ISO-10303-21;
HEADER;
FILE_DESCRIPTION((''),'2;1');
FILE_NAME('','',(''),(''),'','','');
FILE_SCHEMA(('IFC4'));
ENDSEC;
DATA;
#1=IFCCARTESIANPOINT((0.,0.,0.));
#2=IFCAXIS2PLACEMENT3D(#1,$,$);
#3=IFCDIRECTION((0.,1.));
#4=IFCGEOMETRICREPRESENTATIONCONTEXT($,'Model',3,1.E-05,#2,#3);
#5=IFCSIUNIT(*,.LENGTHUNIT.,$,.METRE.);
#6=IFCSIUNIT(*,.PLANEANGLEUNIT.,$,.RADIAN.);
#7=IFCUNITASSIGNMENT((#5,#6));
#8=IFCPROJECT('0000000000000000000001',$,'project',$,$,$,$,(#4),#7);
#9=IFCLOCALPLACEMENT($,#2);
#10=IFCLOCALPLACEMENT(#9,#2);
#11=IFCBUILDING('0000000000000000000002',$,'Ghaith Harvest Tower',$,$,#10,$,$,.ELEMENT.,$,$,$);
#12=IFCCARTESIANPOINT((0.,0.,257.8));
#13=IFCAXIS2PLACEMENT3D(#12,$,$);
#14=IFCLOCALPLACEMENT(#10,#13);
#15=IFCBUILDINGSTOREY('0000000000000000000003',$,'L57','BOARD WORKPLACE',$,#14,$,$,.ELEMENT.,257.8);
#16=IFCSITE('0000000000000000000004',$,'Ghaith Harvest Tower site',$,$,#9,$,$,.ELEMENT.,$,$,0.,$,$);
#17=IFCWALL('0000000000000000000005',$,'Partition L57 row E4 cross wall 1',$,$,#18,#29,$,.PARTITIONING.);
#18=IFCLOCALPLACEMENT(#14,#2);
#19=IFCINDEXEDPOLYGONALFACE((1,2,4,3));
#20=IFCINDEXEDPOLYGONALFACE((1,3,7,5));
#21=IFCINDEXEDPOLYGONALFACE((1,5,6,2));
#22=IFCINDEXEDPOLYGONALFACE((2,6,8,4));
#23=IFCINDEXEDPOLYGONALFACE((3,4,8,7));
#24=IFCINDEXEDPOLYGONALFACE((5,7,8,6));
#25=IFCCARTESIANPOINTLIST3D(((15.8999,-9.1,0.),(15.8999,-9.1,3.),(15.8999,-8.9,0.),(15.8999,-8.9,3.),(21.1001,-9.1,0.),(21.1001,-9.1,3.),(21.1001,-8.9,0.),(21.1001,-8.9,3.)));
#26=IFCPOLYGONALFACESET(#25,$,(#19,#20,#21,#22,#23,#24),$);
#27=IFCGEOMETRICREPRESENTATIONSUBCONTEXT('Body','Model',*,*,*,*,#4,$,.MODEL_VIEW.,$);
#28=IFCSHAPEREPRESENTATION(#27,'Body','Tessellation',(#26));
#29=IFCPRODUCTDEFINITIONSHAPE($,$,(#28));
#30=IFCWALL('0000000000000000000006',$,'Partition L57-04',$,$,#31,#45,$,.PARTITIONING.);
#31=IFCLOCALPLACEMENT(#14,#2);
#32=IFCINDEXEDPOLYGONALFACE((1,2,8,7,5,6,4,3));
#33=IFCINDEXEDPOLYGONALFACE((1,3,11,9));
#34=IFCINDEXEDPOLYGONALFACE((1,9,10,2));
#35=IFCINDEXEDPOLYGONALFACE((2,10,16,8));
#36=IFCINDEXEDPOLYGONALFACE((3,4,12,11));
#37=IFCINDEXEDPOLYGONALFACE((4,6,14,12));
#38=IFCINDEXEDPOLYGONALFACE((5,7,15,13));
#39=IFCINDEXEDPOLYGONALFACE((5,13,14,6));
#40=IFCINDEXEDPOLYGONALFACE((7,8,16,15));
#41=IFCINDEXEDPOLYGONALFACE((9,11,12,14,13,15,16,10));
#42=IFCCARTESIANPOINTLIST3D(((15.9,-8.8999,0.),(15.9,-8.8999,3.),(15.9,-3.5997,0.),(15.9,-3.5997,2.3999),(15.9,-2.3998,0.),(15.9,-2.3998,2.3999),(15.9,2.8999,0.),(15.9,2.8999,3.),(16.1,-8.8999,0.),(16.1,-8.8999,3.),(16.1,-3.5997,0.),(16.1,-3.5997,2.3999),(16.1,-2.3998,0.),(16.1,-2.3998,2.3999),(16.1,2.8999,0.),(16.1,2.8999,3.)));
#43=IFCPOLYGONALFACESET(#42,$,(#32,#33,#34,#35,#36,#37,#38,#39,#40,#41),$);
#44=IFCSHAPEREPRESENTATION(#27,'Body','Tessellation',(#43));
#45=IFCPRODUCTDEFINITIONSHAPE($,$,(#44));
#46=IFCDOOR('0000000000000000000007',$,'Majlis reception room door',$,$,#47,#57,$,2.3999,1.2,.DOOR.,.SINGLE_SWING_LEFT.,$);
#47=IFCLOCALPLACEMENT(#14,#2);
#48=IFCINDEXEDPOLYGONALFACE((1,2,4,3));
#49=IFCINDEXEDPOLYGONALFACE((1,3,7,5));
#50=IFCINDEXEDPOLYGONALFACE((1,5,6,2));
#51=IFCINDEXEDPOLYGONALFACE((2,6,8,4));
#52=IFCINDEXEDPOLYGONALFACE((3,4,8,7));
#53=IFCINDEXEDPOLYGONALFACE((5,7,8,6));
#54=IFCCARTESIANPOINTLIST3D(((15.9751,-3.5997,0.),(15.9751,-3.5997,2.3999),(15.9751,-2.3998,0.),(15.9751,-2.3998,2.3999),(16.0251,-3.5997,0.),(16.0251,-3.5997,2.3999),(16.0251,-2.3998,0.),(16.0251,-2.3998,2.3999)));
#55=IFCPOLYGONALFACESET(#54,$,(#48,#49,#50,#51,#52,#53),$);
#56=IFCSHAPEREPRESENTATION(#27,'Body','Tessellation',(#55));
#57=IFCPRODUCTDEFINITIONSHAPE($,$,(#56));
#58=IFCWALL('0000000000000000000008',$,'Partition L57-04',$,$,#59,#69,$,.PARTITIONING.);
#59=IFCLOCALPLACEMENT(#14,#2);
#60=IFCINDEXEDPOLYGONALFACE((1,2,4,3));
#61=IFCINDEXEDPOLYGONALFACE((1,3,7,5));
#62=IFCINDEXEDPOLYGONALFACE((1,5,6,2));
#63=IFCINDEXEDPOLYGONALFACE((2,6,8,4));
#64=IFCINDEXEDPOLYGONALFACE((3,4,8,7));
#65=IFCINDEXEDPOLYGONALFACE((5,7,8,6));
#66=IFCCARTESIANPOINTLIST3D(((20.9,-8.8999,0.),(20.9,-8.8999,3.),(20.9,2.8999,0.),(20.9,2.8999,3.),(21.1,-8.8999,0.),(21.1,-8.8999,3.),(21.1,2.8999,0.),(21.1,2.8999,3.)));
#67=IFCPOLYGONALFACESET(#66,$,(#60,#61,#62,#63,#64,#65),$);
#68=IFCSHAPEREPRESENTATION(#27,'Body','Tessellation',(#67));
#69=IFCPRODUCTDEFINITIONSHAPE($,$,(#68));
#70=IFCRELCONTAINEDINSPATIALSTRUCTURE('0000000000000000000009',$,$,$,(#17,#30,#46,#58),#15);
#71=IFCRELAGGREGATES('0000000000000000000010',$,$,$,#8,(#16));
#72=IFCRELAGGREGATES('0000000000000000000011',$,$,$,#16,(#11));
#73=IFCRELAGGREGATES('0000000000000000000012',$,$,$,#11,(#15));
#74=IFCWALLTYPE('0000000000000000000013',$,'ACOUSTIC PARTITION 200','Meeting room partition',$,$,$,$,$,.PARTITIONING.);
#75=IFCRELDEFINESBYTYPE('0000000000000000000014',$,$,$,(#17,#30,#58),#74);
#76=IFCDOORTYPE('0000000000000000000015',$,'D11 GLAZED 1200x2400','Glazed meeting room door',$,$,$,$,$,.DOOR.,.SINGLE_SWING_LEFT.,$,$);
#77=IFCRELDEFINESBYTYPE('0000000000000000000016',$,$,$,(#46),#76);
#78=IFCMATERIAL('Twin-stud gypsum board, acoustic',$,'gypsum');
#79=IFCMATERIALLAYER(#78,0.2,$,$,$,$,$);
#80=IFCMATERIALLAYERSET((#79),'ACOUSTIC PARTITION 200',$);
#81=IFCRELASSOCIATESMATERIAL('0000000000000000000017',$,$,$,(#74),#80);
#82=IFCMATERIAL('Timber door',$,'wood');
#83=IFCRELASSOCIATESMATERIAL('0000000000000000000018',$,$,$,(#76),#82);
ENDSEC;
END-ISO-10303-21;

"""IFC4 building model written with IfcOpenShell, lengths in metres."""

from ifc_helpers import new_model, si_unit, direction, frame, frame_2d, origin, place, context, subcontext, project, spatial, rectangle, extrude, material, layer, layer_set, type_object, element, fill, save


model = new_model("IFC4")

# Units and contexts
model_context = context("Model", 3, precision=1e-05, world=origin(), true_north=direction((0.0, 1.0)))
body_context = subcontext(model_context, "Body", "Model", "MODEL_VIEW")
ifc_project = project(units=[si_unit("LENGTHUNIT", "METRE"), si_unit("PLANEANGLEUNIT", "RADIAN")], contexts=[model_context])

# Site, building, storey
site_placement = place(None, origin())
site = spatial("IfcSite", under=ifc_project, at=site_placement, Name="Ghaith Harvest Tower site", CompositionType="ELEMENT", RefElevation=0.0)
building_placement = place(site_placement, origin())
building = spatial("IfcBuilding", under=site, at=building_placement, Name="Ghaith Harvest Tower", CompositionType="ELEMENT")
storey_placement = place(building_placement, frame((0.0, 0.0, 257.8)))
storey = spatial("IfcBuildingStorey", under=building, at=storey_placement, Name="L57", Description="BOARD WORKPLACE", CompositionType="ELEMENT", Elevation=257.8)

# Wall
ifc_material_1 = material(Name="Twin-stud gypsum board, acoustic", Category="gypsum")
ifc_layer_1 = layer(ifc_material_1, 0.2)
ifc_layer_set_1 = layer_set([ifc_layer_1], Name="ACOUSTIC PARTITION 200")
wall_type_1 = type_object("IfcWallType", Name="ACOUSTIC PARTITION 200", Description="Meeting room partition", PredefinedType="PARTITIONING", material=ifc_layer_set_1)
wall_1_placement = place(storey_placement, frame((15.8999, -9.0, 0.0), z_axis=(0.0, 0.0, 1.0), x_axis=(1.0, 0.0, 0.0)))
element("IfcWall", 1, at=wall_1_placement, inside=storey, type_object=wall_type_1, Name="Partition L57 row E4 cross wall 1", PredefinedType="PARTITIONING", context=body_context, shape_type="SweptSolid", body=[
    extrude(rectangle(XDim=5.2002, YDim=0.2, at=frame_2d((2.6001, 0.0))), origin(), (0.0, 0.0, 1.0), 3.0),
])

# Wall, opening, door
wall_2_placement = place(storey_placement, frame((16.0, -8.8999, 0.0), z_axis=(0.0, 0.0, 1.0), x_axis=(0.0, 1.0, 0.0)))
wall_2 = element("IfcWall", 2, at=wall_2_placement, inside=storey, type_object=wall_type_1, Name="Partition L57-04", PredefinedType="PARTITIONING", context=body_context, shape_type="SweptSolid", body=[
    extrude(rectangle(XDim=11.7998, YDim=0.2, at=frame_2d((5.8999, 0.0))), origin(), (0.0, 0.0, 1.0), 3.0),
])
opening_1_placement = place(wall_2_placement, frame((5.3, 0.0, 0.0)))
opening_1 = element("IfcOpeningElement", 3, at=opening_1_placement, cuts=wall_2, PredefinedType="OPENING", context=body_context, shape_type="SweptSolid", body=[
    extrude(rectangle(XDim=1.2, YDim=2.3999, at=frame_2d((0.6001, 1.2))), frame((0.0, 0.1099, 0.0), z_axis=(0.0, -1.0, 0.0), x_axis=(1.0, 0.0, 0.0)), (0.0, 0.0, 1.0), 0.22),
])
ifc_material_2 = material(Name="Timber door", Category="wood")
door_type_1 = type_object("IfcDoorType", Name="D11 GLAZED 1200x2400", Description="Glazed meeting room door", OperationType="SINGLE_SWING_LEFT", PredefinedType="DOOR", material=ifc_material_2)
door_1_placement = place(opening_1_placement, origin())
door_1 = element("IfcDoor", 4, at=door_1_placement, inside=storey, type_object=door_type_1, Name="Majlis reception room door", OperationType="SINGLE_SWING_LEFT", OverallHeight=2.3999, OverallWidth=1.2, PredefinedType="DOOR", context=body_context, shape_type="SweptSolid", body=[
    extrude(rectangle(XDim=1.2, YDim=2.3999, at=frame_2d((0.6001, 1.2))), frame((0.0, 0.0249, 0.0), z_axis=(0.0, -1.0, 0.0), x_axis=(1.0, 0.0, 0.0)), (0.0, 0.0, 1.0), 0.05),
])
fill(opening_1, door_1)

# Wall
wall_3_placement = place(storey_placement, frame((21.0, -8.8999, 0.0), z_axis=(0.0, 0.0, 1.0), x_axis=(0.0, 1.0, 0.0)))
element("IfcWall", 5, at=wall_3_placement, inside=storey, type_object=wall_type_1, Name="Partition L57-04", PredefinedType="PARTITIONING", context=body_context, shape_type="SweptSolid", body=[
    extrude(rectangle(XDim=11.7998, YDim=0.2, at=frame_2d((5.8999, 0.0))), origin(), (0.0, 0.0, 1.0), 3.0),
])

save(model, "model.ifc")
